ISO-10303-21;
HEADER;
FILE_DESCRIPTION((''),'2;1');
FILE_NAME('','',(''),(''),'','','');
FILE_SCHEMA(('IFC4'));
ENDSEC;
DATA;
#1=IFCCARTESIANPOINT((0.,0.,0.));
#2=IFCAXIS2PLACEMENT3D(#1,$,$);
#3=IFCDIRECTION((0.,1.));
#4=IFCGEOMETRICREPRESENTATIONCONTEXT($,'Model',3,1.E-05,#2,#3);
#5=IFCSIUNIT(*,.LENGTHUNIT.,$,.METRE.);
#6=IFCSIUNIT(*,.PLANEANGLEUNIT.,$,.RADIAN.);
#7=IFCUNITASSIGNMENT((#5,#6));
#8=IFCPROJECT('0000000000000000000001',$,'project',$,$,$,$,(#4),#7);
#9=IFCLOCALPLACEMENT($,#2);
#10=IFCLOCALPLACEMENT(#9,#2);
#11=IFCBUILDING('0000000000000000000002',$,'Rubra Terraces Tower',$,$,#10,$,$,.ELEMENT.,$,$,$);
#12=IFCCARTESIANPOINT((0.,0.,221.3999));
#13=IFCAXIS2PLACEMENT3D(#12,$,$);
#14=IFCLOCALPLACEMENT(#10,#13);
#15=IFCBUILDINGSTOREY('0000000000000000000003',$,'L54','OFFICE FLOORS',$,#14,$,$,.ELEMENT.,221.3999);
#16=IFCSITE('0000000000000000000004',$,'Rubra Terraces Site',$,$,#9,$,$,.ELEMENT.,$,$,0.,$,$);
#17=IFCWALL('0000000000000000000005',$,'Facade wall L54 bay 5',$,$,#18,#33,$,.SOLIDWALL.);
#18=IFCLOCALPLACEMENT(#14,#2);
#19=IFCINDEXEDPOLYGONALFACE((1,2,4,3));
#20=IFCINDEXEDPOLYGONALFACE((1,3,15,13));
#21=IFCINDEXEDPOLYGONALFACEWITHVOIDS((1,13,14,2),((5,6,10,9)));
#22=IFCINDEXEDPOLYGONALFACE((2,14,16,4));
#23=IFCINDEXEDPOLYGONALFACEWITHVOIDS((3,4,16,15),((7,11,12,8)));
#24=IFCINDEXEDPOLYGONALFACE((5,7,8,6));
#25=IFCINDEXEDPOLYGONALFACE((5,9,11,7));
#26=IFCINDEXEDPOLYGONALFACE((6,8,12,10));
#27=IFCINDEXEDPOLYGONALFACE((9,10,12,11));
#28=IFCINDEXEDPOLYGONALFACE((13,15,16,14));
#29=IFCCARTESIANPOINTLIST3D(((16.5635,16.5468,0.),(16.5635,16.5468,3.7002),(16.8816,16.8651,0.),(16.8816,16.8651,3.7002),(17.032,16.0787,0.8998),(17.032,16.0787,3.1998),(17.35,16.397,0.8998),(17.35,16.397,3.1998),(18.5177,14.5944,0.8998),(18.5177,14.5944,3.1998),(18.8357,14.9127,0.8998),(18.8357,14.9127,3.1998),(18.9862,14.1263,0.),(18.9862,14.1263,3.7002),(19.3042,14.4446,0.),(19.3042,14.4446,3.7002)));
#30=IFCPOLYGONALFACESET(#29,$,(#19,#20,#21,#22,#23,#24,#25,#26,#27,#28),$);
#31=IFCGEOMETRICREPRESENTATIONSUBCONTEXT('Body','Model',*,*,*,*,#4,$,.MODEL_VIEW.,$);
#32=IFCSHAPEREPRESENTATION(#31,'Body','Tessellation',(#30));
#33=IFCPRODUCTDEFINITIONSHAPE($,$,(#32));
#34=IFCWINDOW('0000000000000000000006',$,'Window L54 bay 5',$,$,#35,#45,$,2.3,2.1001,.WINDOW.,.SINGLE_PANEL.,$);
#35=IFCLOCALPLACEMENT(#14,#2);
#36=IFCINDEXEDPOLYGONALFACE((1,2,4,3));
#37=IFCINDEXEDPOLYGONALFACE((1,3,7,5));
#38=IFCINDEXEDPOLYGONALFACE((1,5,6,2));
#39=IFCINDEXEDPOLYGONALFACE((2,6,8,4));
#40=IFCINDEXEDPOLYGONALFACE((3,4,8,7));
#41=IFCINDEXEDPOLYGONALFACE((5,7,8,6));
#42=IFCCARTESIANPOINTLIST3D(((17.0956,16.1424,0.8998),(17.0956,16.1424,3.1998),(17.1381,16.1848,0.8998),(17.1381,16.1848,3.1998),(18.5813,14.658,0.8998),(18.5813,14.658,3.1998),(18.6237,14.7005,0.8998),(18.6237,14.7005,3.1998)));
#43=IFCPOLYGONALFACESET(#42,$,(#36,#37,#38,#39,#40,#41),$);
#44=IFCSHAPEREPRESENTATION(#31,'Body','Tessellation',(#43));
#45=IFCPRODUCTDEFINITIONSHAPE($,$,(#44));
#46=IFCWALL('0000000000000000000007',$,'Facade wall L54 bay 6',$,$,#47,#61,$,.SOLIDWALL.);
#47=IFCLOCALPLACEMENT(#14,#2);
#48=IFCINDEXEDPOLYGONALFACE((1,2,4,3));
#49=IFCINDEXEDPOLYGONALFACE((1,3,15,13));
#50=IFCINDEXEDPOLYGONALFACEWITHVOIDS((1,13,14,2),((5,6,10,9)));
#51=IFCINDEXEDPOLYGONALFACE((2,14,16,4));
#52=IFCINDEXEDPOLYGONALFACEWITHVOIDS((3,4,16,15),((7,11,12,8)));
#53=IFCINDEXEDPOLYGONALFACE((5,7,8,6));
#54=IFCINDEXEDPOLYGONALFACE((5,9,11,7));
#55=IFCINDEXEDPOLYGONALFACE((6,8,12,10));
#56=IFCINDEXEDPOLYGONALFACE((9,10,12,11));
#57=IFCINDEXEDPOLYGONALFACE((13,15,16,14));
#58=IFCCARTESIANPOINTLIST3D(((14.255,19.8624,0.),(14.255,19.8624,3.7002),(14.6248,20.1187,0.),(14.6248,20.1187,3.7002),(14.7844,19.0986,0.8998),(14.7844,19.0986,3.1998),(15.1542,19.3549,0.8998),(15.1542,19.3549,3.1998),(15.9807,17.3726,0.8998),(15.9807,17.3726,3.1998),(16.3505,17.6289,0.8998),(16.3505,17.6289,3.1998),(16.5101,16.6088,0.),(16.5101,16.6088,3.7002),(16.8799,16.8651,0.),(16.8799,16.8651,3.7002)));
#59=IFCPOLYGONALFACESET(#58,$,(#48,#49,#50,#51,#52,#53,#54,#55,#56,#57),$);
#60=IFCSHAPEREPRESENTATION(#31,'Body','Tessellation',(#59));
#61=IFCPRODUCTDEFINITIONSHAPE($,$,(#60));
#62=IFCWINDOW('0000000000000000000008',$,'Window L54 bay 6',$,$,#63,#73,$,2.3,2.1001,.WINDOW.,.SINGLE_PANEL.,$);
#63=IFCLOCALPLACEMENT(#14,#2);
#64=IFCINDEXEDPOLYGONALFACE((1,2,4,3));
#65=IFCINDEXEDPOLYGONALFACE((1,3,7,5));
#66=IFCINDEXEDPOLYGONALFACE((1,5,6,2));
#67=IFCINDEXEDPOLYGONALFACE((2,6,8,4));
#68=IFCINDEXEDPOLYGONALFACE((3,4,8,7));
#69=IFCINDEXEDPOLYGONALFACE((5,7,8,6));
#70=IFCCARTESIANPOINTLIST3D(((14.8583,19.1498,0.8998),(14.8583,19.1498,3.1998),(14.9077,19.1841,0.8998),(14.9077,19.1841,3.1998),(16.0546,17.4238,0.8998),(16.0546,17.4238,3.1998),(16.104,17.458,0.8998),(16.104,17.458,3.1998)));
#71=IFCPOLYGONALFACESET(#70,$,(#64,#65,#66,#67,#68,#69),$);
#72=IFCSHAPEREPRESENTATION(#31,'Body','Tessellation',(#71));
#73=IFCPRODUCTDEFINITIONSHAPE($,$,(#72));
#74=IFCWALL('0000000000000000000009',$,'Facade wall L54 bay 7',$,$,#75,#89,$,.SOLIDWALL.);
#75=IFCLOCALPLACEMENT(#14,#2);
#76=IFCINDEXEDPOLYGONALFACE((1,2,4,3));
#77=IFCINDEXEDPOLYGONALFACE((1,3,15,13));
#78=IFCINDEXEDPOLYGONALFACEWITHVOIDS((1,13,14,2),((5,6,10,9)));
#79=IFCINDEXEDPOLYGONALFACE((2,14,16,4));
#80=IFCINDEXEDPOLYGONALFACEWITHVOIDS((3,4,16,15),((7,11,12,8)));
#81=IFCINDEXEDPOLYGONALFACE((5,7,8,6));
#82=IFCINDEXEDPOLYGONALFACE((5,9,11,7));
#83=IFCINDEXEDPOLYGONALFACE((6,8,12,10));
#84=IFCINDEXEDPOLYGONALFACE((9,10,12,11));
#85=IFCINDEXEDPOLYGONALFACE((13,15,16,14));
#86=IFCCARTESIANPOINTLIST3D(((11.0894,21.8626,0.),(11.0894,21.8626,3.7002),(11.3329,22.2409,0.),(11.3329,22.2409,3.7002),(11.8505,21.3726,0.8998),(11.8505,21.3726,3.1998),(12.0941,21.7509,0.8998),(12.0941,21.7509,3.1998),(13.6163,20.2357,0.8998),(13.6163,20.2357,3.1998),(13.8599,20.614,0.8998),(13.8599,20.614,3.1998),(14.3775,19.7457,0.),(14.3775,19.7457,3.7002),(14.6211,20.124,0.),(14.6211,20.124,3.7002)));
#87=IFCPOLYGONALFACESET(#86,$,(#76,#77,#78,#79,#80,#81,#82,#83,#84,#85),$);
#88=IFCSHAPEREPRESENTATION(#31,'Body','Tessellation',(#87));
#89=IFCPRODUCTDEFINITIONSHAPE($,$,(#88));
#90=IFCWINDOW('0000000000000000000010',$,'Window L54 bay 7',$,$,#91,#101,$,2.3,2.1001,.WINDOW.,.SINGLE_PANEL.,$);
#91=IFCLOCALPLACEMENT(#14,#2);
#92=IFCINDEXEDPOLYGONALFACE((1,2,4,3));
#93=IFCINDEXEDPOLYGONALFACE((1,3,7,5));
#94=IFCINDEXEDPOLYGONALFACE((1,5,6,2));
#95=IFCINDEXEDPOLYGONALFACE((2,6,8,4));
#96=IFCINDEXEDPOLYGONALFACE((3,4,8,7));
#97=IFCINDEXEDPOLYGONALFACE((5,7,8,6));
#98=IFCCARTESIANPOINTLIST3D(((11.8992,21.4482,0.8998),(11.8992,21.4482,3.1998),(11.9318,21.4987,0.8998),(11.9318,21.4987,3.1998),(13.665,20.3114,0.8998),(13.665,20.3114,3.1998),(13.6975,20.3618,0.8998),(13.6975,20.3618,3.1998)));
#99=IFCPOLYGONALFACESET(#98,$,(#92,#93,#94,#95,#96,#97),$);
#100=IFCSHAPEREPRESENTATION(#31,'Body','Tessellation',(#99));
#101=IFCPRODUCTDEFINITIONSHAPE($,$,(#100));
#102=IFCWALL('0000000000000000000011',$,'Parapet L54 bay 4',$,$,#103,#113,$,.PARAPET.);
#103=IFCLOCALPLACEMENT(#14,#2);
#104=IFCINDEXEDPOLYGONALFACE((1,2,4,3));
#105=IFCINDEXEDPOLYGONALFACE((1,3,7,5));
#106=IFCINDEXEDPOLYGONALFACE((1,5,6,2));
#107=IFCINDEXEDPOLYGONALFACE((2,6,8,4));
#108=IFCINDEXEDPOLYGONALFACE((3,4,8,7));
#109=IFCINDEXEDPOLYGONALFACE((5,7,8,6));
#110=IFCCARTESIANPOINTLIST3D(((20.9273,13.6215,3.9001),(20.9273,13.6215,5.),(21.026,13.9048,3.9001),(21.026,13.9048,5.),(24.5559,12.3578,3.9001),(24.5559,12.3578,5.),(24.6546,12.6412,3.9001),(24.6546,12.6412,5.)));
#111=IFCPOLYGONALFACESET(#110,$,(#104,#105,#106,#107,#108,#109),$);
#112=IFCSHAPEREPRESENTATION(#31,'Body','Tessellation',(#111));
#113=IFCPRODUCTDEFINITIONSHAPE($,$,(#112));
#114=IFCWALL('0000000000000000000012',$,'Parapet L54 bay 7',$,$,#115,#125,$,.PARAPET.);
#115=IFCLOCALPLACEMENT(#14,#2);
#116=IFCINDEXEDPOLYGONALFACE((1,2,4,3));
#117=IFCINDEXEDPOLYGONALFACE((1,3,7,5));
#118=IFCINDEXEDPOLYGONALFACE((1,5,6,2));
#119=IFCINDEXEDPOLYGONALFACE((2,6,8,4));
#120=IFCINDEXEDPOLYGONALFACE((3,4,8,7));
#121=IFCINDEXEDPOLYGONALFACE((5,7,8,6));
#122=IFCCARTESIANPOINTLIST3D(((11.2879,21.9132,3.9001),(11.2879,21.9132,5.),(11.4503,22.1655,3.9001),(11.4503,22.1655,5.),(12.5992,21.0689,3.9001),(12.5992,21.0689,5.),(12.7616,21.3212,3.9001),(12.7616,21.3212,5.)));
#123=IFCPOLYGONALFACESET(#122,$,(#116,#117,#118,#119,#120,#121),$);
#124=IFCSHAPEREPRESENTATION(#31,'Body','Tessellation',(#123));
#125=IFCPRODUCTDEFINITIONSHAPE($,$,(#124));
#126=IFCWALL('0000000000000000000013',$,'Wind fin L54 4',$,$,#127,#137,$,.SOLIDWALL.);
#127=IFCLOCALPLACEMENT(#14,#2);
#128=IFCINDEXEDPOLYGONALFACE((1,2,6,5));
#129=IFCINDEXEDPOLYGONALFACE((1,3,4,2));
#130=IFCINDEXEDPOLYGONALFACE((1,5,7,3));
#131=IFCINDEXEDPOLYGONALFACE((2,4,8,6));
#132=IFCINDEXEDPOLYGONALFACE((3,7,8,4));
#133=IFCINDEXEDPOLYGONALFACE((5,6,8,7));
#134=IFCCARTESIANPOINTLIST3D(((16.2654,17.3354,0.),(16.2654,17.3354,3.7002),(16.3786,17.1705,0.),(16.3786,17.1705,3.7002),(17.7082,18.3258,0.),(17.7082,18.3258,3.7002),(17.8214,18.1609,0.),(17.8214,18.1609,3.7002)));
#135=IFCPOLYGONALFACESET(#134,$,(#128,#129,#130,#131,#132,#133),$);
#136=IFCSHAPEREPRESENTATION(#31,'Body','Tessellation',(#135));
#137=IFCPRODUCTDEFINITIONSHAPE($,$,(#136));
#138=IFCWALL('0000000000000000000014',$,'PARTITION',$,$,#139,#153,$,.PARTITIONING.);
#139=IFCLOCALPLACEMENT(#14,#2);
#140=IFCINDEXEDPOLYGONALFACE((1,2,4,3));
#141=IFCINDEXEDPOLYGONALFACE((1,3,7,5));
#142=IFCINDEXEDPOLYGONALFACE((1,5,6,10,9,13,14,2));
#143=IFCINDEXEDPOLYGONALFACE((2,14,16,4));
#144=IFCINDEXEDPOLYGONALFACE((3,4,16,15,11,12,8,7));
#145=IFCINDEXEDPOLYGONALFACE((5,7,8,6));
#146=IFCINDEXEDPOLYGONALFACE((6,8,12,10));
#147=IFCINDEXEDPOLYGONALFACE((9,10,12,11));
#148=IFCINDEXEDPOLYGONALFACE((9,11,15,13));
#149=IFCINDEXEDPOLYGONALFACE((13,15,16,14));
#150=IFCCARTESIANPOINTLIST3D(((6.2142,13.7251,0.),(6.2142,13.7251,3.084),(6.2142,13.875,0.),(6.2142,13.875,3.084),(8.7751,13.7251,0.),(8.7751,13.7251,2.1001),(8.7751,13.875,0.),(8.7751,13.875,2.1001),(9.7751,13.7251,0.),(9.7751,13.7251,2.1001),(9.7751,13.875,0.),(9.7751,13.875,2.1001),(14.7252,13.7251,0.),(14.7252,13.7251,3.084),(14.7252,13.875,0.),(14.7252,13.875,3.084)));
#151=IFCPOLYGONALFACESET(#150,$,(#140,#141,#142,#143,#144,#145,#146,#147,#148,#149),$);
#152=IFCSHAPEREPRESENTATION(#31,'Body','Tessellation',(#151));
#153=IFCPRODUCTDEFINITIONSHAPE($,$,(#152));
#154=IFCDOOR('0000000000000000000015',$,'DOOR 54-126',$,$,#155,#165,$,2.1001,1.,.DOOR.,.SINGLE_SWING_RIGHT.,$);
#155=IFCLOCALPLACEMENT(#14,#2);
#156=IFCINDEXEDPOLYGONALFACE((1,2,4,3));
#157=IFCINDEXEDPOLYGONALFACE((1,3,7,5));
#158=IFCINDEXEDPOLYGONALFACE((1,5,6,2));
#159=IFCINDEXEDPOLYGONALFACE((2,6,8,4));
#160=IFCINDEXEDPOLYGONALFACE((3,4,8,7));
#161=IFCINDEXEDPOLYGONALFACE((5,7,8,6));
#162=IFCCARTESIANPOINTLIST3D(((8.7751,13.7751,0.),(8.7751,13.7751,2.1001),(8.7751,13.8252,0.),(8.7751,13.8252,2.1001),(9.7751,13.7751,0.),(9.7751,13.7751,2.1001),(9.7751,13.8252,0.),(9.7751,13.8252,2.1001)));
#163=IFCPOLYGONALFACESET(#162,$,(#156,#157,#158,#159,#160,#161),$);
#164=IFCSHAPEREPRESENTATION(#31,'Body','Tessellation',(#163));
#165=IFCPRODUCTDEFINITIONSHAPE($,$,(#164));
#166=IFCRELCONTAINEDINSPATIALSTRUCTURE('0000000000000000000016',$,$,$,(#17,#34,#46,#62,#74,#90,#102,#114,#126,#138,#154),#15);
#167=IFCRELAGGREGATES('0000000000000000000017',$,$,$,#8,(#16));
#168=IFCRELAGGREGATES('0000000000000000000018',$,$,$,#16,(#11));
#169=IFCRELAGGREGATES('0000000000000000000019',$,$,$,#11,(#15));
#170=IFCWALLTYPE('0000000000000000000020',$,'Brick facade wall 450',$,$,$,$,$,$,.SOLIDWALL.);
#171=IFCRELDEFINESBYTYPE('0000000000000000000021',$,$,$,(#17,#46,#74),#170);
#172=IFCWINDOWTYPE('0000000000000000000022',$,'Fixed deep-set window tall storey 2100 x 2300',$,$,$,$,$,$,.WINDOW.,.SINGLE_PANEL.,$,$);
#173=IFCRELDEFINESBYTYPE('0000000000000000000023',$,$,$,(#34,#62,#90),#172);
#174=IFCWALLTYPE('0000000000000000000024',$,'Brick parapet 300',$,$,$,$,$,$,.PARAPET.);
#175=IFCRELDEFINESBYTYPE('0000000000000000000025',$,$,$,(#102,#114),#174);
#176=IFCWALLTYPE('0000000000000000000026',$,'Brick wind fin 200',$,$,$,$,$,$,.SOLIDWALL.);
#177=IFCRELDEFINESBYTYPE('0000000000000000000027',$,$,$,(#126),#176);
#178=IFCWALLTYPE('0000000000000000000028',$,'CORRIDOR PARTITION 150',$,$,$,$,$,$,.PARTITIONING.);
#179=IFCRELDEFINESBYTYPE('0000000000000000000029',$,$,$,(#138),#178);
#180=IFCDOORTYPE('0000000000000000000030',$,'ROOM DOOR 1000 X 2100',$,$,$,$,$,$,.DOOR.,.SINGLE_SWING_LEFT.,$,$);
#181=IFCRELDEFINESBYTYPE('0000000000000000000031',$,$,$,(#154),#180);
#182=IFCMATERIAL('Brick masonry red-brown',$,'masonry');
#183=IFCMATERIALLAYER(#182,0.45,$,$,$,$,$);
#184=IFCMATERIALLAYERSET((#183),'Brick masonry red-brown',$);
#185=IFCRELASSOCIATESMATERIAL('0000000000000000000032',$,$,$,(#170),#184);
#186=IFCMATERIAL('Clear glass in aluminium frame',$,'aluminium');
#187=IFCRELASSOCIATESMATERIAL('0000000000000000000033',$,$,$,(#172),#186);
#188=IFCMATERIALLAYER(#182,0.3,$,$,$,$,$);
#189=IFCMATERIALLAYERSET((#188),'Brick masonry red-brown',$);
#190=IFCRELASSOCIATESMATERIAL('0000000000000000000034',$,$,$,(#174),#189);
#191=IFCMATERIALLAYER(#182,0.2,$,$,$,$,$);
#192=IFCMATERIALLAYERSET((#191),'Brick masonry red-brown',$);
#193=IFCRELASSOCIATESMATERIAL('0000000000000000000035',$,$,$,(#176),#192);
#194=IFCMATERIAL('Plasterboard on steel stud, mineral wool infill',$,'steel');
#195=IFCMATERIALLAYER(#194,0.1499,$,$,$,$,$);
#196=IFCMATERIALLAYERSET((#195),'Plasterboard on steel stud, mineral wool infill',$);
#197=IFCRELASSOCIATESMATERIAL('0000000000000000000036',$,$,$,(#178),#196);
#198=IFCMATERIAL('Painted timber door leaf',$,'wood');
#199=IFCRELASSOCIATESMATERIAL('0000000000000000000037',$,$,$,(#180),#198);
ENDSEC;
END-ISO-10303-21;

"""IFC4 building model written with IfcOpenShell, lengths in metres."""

from ifc_helpers import new_model, si_unit, direction, frame, frame_2d, origin, place, context, subcontext, project, spatial, rectangle, extrude, material, layer, layer_set, type_object, element, fill, save


model = new_model("IFC4")

# Units and contexts
model_context = context("Model", 3, precision=1e-05, world=origin(), true_north=direction((0.0, 1.0)))
body_context = subcontext(model_context, "Body", "Model", "MODEL_VIEW")
ifc_project = project(units=[si_unit("LENGTHUNIT", "METRE"), si_unit("PLANEANGLEUNIT", "RADIAN")], contexts=[model_context])

# Site, building, storey
site_placement = place(None, origin())
site = spatial("IfcSite", under=ifc_project, at=site_placement, Name="Rubra Terraces Site", CompositionType="ELEMENT", RefElevation=0.0)
building_placement = place(site_placement, origin())
building = spatial("IfcBuilding", under=site, at=building_placement, Name="Rubra Terraces Tower", CompositionType="ELEMENT")
storey_placement = place(building_placement, frame((0.0, 0.0, 221.3999)))
storey = spatial("IfcBuildingStorey", under=building, at=storey_placement, Name="L54", Description="OFFICE FLOORS", CompositionType="ELEMENT", Elevation=221.3999)

# Walls, openings, windows
ifc_material_1 = material(Name="Brick masonry red-brown", Category="masonry")
ifc_layer_1 = layer(ifc_material_1, 0.45)
ifc_layer_set_1 = layer_set([ifc_layer_1], Name="Brick masonry red-brown")
wall_type_1 = type_object("IfcWallType", Name="Brick facade wall 450", PredefinedType="SOLIDWALL", material=ifc_layer_set_1)
wall_1_placement = place(storey_placement, frame((19.1453, 14.2854, 0.0), z_axis=(0.0, 0.0, 1.0), x_axis=(-0.707428, 0.706786, 0.0)))
wall_1 = element("IfcWall", 1, at=wall_1_placement, inside=storey, type_object=wall_type_1, Name="Facade wall L54 bay 5", PredefinedType="SOLIDWALL", context=body_context, shape_type="SweptSolid", body=[
    extrude(rectangle(XDim=3.4246, YDim=0.45, at=frame_2d((1.7124, 0.0))), origin(), (0.0, 0.0, 1.0), 3.7002),
])
opening_1_placement = place(wall_1_placement, frame((0.6624, 0.0, 0.8999)))
opening_1 = element("IfcOpeningElement", 2, at=opening_1_placement, cuts=wall_1, PredefinedType="OPENING", context=body_context, shape_type="SweptSolid", body=[
    extrude(rectangle(XDim=2.1001, YDim=2.3, at=frame_2d((1.05, 1.1499))), frame((0.0, 0.2349, 0.0), z_axis=(0.0, -1.0, 0.0), x_axis=(1.0, 0.0, 0.0)), (0.0, 0.0, 1.0), 0.47),
])
ifc_material_2 = material(Name="Clear glass in aluminium frame", Category="aluminium")
window_type = type_object("IfcWindowType", Name="Fixed deep-set window tall storey 2100 x 2300", PartitioningType="SINGLE_PANEL", PredefinedType="WINDOW", material=ifc_material_2)
window_1_placement = place(opening_1_placement, origin())
window_1 = element("IfcWindow", 3, at=window_1_placement, inside=storey, type_object=window_type, Name="Window L54 bay 5", OverallHeight=2.3, OverallWidth=2.1001, PartitioningType="SINGLE_PANEL", PredefinedType="WINDOW", context=body_context, shape_type="SweptSolid", body=[
    extrude(rectangle(XDim=2.1001, YDim=2.3, at=frame_2d((1.05, 1.1499))), frame((0.0, 0.135, 0.0), z_axis=(0.0, -1.0, 0.0), x_axis=(1.0, 0.0, 0.0)), (0.0, 0.0, 1.0), 0.0601),
])
fill(opening_1, window_1)
wall_2_placement = place(storey_placement, frame((16.6951, 16.7368, 0.0), z_axis=(0.0, 0.0, 1.0), x_axis=(-0.569652, 0.821886, 0.0)))
wall_2 = element("IfcWall", 4, at=wall_2_placement, inside=storey, type_object=wall_type_1, Name="Facade wall L54 bay 6", PredefinedType="SOLIDWALL", context=body_context, shape_type="SweptSolid", body=[
    extrude(rectangle(XDim=3.9587, YDim=0.45, at=frame_2d((1.9795, 0.0))), origin(), (0.0, 0.0, 1.0), 3.7002),
])
opening_2_placement = place(wall_2_placement, frame((0.9294, 0.0, 0.8999)))
opening_2 = element("IfcOpeningElement", 5, at=opening_2_placement, cuts=wall_2, PredefinedType="OPENING", context=body_context, shape_type="SweptSolid", body=[
    extrude(rectangle(XDim=2.1001, YDim=2.3, at=frame_2d((1.05, 1.1499))), frame((0.0, 0.2349, 0.0), z_axis=(0.0, -1.0, 0.0), x_axis=(1.0, 0.0, 0.0)), (0.0, 0.0, 1.0), 0.47),
])
window_2_placement = place(opening_2_placement, origin())
window_2 = element("IfcWindow", 6, at=window_2_placement, inside=storey, type_object=window_type, Name="Window L54 bay 6", OverallHeight=2.3, OverallWidth=2.1001, PartitioningType="SINGLE_PANEL", PredefinedType="WINDOW", context=body_context, shape_type="SweptSolid", body=[
    extrude(rectangle(XDim=2.1001, YDim=2.3, at=frame_2d((1.05, 1.1499))), frame((0.0, 0.135, 0.0), z_axis=(0.0, -1.0, 0.0), x_axis=(1.0, 0.0, 0.0)), (0.0, 0.0, 1.0), 0.0601),
])
fill(opening_2, window_2)
wall_3_placement = place(storey_placement, frame((14.4993, 19.9348, 0.0), z_axis=(0.0, 0.0, 1.0), x_axis=(-0.840809, 0.541332, 0.0)))
wall_3 = element("IfcWall", 7, at=wall_3_placement, inside=storey, type_object=wall_type_1, Name="Facade wall L54 bay 7", PredefinedType="SOLIDWALL", context=body_context, shape_type="SweptSolid", body=[
    extrude(rectangle(XDim=3.9106, YDim=0.45, at=frame_2d((1.9553, 0.0))), origin(), (0.0, 0.0, 1.0), 3.7002),
])
opening_3_placement = place(wall_3_placement, frame((0.9053, 0.0, 0.8999)))
opening_3 = element("IfcOpeningElement", 8, at=opening_3_placement, cuts=wall_3, PredefinedType="OPENING", context=body_context, shape_type="SweptSolid", body=[
    extrude(rectangle(XDim=2.1001, YDim=2.3, at=frame_2d((1.05, 1.1499))), frame((0.0, 0.2349, 0.0), z_axis=(0.0, -1.0, 0.0), x_axis=(1.0, 0.0, 0.0)), (0.0, 0.0, 1.0), 0.47),
])
window_3_placement = place(opening_3_placement, origin())
window_3 = element("IfcWindow", 9, at=window_3_placement, inside=storey, type_object=window_type, Name="Window L54 bay 7", OverallHeight=2.3, OverallWidth=2.1001, PartitioningType="SINGLE_PANEL", PredefinedType="WINDOW", context=body_context, shape_type="SweptSolid", body=[
    extrude(rectangle(XDim=2.1001, YDim=2.3, at=frame_2d((1.05, 1.1499))), frame((0.0, 0.135, 0.0), z_axis=(0.0, -1.0, 0.0), x_axis=(1.0, 0.0, 0.0)), (0.0, 0.0, 1.0), 0.0601),
])
fill(opening_3, window_3)

# Walls
ifc_layer_2 = layer(ifc_material_1, 0.3)
ifc_layer_set_2 = layer_set([ifc_layer_2], Name="Brick masonry red-brown")
wall_type_2 = type_object("IfcWallType", Name="Brick parapet 300", PredefinedType="PARAPET", material=ifc_layer_set_2)
wall_4_placement = place(storey_placement, frame((24.6052, 12.4995, 3.9001), z_axis=(0.0, 0.0, 1.0), x_axis=(-0.944373, 0.328875, 0.0)))
element("IfcWall", 10, at=wall_4_placement, inside=storey, type_object=wall_type_2, Name="Parapet L54 bay 4", PredefinedType="PARAPET", context=body_context, shape_type="SweptSolid", body=[
    extrude(rectangle(XDim=3.8423, YDim=0.3, at=frame_2d((1.9211, 0.0))), origin(), (0.0, 0.0, 1.0), 1.0999),
])
wall_5_placement = place(storey_placement, frame((12.6804, 21.1951, 3.9001), z_axis=(0.0, 0.0, 1.0), x_axis=(-0.840807, 0.541335, 0.0)))
element("IfcWall", 11, at=wall_5_placement, inside=storey, type_object=wall_type_2, Name="Parapet L54 bay 7", PredefinedType="PARAPET", context=body_context, shape_type="SweptSolid", body=[
    extrude(rectangle(XDim=1.5596, YDim=0.3, at=frame_2d((0.7798, 0.0))), origin(), (0.0, 0.0, 1.0), 1.0999),
])
ifc_layer_3 = layer(ifc_material_1, 0.2)
ifc_layer_set_3 = layer_set([ifc_layer_3], Name="Brick masonry red-brown")
wall_type_3 = type_object("IfcWallType", Name="Brick wind fin 200", PredefinedType="SOLIDWALL", material=ifc_layer_set_3)
wall_6_placement = place(storey_placement, frame((16.322, 17.2529, 0.0), z_axis=(0.0, 0.0, 1.0), x_axis=(0.824441, 0.565948, 0.0)))
element("IfcWall", 12, at=wall_6_placement, inside=storey, type_object=wall_type_3, Name="Wind fin L54 4", PredefinedType="SOLIDWALL", context=body_context, shape_type="SweptSolid", body=[
    extrude(rectangle(XDim=1.75, YDim=0.2, at=frame_2d((0.875, 0.0))), origin(), (0.0, 0.0, 1.0), 3.7002),
])

# Wall, opening, door
ifc_material_3 = material(Name="Plasterboard on steel stud, mineral wool infill", Category="steel")
ifc_layer_4 = layer(ifc_material_3, 0.1499)
ifc_layer_set_4 = layer_set([ifc_layer_4], Name="Plasterboard on steel stud, mineral wool infill")
wall_type_4 = type_object("IfcWallType", Name="CORRIDOR PARTITION 150", PredefinedType="PARTITIONING", material=ifc_layer_set_4)
wall_7_placement = place(storey_placement, frame((14.7251, 13.8, 0.0), z_axis=(0.0, 0.0, 1.0), x_axis=(-1.0, 0.0, 0.0)))
wall_7 = element("IfcWall", 13, at=wall_7_placement, inside=storey, type_object=wall_type_4, Name="PARTITION", PredefinedType="PARTITIONING", context=body_context, shape_type="SweptSolid", body=[
    extrude(rectangle(XDim=8.511, YDim=0.1499, at=frame_2d((4.2554, 0.0))), origin(), (0.0, 0.0, 1.0), 3.084),
])
opening_4_placement = place(wall_7_placement, frame((4.95, 0.0, 0.0)))
opening_4 = element("IfcOpeningElement", 14, at=opening_4_placement, cuts=wall_7, PredefinedType="OPENING", context=body_context, shape_type="SweptSolid", body=[
    extrude(rectangle(XDim=1.0, YDim=2.1001, at=frame_2d((0.5, 1.05))), frame((0.0, 0.085, 0.0), z_axis=(0.0, -1.0, 0.0), x_axis=(1.0, 0.0, 0.0)), (0.0, 0.0, 1.0), 0.1699),
])
ifc_material_4 = material(Name="Painted timber door leaf", Category="wood")
door_type = type_object("IfcDoorType", Name="ROOM DOOR 1000 X 2100", OperationType="SINGLE_SWING_LEFT", PredefinedType="DOOR", material=ifc_material_4)
door_1_placement = place(opening_4_placement, origin())
door_1 = element("IfcDoor", 15, at=door_1_placement, inside=storey, type_object=door_type, Name="DOOR 54-126", OperationType="SINGLE_SWING_RIGHT", OverallHeight=2.1001, OverallWidth=1.0, PredefinedType="DOOR", context=body_context, shape_type="SweptSolid", body=[
    extrude(rectangle(XDim=1.0, YDim=2.1001, at=frame_2d((0.5, 1.05))), frame((0.0, 0.0249, 0.0), z_axis=(0.0, -1.0, 0.0), x_axis=(1.0, 0.0, 0.0)), (0.0, 0.0, 1.0), 0.05),
])
fill(opening_4, door_1)

save(model, "model.ifc")
